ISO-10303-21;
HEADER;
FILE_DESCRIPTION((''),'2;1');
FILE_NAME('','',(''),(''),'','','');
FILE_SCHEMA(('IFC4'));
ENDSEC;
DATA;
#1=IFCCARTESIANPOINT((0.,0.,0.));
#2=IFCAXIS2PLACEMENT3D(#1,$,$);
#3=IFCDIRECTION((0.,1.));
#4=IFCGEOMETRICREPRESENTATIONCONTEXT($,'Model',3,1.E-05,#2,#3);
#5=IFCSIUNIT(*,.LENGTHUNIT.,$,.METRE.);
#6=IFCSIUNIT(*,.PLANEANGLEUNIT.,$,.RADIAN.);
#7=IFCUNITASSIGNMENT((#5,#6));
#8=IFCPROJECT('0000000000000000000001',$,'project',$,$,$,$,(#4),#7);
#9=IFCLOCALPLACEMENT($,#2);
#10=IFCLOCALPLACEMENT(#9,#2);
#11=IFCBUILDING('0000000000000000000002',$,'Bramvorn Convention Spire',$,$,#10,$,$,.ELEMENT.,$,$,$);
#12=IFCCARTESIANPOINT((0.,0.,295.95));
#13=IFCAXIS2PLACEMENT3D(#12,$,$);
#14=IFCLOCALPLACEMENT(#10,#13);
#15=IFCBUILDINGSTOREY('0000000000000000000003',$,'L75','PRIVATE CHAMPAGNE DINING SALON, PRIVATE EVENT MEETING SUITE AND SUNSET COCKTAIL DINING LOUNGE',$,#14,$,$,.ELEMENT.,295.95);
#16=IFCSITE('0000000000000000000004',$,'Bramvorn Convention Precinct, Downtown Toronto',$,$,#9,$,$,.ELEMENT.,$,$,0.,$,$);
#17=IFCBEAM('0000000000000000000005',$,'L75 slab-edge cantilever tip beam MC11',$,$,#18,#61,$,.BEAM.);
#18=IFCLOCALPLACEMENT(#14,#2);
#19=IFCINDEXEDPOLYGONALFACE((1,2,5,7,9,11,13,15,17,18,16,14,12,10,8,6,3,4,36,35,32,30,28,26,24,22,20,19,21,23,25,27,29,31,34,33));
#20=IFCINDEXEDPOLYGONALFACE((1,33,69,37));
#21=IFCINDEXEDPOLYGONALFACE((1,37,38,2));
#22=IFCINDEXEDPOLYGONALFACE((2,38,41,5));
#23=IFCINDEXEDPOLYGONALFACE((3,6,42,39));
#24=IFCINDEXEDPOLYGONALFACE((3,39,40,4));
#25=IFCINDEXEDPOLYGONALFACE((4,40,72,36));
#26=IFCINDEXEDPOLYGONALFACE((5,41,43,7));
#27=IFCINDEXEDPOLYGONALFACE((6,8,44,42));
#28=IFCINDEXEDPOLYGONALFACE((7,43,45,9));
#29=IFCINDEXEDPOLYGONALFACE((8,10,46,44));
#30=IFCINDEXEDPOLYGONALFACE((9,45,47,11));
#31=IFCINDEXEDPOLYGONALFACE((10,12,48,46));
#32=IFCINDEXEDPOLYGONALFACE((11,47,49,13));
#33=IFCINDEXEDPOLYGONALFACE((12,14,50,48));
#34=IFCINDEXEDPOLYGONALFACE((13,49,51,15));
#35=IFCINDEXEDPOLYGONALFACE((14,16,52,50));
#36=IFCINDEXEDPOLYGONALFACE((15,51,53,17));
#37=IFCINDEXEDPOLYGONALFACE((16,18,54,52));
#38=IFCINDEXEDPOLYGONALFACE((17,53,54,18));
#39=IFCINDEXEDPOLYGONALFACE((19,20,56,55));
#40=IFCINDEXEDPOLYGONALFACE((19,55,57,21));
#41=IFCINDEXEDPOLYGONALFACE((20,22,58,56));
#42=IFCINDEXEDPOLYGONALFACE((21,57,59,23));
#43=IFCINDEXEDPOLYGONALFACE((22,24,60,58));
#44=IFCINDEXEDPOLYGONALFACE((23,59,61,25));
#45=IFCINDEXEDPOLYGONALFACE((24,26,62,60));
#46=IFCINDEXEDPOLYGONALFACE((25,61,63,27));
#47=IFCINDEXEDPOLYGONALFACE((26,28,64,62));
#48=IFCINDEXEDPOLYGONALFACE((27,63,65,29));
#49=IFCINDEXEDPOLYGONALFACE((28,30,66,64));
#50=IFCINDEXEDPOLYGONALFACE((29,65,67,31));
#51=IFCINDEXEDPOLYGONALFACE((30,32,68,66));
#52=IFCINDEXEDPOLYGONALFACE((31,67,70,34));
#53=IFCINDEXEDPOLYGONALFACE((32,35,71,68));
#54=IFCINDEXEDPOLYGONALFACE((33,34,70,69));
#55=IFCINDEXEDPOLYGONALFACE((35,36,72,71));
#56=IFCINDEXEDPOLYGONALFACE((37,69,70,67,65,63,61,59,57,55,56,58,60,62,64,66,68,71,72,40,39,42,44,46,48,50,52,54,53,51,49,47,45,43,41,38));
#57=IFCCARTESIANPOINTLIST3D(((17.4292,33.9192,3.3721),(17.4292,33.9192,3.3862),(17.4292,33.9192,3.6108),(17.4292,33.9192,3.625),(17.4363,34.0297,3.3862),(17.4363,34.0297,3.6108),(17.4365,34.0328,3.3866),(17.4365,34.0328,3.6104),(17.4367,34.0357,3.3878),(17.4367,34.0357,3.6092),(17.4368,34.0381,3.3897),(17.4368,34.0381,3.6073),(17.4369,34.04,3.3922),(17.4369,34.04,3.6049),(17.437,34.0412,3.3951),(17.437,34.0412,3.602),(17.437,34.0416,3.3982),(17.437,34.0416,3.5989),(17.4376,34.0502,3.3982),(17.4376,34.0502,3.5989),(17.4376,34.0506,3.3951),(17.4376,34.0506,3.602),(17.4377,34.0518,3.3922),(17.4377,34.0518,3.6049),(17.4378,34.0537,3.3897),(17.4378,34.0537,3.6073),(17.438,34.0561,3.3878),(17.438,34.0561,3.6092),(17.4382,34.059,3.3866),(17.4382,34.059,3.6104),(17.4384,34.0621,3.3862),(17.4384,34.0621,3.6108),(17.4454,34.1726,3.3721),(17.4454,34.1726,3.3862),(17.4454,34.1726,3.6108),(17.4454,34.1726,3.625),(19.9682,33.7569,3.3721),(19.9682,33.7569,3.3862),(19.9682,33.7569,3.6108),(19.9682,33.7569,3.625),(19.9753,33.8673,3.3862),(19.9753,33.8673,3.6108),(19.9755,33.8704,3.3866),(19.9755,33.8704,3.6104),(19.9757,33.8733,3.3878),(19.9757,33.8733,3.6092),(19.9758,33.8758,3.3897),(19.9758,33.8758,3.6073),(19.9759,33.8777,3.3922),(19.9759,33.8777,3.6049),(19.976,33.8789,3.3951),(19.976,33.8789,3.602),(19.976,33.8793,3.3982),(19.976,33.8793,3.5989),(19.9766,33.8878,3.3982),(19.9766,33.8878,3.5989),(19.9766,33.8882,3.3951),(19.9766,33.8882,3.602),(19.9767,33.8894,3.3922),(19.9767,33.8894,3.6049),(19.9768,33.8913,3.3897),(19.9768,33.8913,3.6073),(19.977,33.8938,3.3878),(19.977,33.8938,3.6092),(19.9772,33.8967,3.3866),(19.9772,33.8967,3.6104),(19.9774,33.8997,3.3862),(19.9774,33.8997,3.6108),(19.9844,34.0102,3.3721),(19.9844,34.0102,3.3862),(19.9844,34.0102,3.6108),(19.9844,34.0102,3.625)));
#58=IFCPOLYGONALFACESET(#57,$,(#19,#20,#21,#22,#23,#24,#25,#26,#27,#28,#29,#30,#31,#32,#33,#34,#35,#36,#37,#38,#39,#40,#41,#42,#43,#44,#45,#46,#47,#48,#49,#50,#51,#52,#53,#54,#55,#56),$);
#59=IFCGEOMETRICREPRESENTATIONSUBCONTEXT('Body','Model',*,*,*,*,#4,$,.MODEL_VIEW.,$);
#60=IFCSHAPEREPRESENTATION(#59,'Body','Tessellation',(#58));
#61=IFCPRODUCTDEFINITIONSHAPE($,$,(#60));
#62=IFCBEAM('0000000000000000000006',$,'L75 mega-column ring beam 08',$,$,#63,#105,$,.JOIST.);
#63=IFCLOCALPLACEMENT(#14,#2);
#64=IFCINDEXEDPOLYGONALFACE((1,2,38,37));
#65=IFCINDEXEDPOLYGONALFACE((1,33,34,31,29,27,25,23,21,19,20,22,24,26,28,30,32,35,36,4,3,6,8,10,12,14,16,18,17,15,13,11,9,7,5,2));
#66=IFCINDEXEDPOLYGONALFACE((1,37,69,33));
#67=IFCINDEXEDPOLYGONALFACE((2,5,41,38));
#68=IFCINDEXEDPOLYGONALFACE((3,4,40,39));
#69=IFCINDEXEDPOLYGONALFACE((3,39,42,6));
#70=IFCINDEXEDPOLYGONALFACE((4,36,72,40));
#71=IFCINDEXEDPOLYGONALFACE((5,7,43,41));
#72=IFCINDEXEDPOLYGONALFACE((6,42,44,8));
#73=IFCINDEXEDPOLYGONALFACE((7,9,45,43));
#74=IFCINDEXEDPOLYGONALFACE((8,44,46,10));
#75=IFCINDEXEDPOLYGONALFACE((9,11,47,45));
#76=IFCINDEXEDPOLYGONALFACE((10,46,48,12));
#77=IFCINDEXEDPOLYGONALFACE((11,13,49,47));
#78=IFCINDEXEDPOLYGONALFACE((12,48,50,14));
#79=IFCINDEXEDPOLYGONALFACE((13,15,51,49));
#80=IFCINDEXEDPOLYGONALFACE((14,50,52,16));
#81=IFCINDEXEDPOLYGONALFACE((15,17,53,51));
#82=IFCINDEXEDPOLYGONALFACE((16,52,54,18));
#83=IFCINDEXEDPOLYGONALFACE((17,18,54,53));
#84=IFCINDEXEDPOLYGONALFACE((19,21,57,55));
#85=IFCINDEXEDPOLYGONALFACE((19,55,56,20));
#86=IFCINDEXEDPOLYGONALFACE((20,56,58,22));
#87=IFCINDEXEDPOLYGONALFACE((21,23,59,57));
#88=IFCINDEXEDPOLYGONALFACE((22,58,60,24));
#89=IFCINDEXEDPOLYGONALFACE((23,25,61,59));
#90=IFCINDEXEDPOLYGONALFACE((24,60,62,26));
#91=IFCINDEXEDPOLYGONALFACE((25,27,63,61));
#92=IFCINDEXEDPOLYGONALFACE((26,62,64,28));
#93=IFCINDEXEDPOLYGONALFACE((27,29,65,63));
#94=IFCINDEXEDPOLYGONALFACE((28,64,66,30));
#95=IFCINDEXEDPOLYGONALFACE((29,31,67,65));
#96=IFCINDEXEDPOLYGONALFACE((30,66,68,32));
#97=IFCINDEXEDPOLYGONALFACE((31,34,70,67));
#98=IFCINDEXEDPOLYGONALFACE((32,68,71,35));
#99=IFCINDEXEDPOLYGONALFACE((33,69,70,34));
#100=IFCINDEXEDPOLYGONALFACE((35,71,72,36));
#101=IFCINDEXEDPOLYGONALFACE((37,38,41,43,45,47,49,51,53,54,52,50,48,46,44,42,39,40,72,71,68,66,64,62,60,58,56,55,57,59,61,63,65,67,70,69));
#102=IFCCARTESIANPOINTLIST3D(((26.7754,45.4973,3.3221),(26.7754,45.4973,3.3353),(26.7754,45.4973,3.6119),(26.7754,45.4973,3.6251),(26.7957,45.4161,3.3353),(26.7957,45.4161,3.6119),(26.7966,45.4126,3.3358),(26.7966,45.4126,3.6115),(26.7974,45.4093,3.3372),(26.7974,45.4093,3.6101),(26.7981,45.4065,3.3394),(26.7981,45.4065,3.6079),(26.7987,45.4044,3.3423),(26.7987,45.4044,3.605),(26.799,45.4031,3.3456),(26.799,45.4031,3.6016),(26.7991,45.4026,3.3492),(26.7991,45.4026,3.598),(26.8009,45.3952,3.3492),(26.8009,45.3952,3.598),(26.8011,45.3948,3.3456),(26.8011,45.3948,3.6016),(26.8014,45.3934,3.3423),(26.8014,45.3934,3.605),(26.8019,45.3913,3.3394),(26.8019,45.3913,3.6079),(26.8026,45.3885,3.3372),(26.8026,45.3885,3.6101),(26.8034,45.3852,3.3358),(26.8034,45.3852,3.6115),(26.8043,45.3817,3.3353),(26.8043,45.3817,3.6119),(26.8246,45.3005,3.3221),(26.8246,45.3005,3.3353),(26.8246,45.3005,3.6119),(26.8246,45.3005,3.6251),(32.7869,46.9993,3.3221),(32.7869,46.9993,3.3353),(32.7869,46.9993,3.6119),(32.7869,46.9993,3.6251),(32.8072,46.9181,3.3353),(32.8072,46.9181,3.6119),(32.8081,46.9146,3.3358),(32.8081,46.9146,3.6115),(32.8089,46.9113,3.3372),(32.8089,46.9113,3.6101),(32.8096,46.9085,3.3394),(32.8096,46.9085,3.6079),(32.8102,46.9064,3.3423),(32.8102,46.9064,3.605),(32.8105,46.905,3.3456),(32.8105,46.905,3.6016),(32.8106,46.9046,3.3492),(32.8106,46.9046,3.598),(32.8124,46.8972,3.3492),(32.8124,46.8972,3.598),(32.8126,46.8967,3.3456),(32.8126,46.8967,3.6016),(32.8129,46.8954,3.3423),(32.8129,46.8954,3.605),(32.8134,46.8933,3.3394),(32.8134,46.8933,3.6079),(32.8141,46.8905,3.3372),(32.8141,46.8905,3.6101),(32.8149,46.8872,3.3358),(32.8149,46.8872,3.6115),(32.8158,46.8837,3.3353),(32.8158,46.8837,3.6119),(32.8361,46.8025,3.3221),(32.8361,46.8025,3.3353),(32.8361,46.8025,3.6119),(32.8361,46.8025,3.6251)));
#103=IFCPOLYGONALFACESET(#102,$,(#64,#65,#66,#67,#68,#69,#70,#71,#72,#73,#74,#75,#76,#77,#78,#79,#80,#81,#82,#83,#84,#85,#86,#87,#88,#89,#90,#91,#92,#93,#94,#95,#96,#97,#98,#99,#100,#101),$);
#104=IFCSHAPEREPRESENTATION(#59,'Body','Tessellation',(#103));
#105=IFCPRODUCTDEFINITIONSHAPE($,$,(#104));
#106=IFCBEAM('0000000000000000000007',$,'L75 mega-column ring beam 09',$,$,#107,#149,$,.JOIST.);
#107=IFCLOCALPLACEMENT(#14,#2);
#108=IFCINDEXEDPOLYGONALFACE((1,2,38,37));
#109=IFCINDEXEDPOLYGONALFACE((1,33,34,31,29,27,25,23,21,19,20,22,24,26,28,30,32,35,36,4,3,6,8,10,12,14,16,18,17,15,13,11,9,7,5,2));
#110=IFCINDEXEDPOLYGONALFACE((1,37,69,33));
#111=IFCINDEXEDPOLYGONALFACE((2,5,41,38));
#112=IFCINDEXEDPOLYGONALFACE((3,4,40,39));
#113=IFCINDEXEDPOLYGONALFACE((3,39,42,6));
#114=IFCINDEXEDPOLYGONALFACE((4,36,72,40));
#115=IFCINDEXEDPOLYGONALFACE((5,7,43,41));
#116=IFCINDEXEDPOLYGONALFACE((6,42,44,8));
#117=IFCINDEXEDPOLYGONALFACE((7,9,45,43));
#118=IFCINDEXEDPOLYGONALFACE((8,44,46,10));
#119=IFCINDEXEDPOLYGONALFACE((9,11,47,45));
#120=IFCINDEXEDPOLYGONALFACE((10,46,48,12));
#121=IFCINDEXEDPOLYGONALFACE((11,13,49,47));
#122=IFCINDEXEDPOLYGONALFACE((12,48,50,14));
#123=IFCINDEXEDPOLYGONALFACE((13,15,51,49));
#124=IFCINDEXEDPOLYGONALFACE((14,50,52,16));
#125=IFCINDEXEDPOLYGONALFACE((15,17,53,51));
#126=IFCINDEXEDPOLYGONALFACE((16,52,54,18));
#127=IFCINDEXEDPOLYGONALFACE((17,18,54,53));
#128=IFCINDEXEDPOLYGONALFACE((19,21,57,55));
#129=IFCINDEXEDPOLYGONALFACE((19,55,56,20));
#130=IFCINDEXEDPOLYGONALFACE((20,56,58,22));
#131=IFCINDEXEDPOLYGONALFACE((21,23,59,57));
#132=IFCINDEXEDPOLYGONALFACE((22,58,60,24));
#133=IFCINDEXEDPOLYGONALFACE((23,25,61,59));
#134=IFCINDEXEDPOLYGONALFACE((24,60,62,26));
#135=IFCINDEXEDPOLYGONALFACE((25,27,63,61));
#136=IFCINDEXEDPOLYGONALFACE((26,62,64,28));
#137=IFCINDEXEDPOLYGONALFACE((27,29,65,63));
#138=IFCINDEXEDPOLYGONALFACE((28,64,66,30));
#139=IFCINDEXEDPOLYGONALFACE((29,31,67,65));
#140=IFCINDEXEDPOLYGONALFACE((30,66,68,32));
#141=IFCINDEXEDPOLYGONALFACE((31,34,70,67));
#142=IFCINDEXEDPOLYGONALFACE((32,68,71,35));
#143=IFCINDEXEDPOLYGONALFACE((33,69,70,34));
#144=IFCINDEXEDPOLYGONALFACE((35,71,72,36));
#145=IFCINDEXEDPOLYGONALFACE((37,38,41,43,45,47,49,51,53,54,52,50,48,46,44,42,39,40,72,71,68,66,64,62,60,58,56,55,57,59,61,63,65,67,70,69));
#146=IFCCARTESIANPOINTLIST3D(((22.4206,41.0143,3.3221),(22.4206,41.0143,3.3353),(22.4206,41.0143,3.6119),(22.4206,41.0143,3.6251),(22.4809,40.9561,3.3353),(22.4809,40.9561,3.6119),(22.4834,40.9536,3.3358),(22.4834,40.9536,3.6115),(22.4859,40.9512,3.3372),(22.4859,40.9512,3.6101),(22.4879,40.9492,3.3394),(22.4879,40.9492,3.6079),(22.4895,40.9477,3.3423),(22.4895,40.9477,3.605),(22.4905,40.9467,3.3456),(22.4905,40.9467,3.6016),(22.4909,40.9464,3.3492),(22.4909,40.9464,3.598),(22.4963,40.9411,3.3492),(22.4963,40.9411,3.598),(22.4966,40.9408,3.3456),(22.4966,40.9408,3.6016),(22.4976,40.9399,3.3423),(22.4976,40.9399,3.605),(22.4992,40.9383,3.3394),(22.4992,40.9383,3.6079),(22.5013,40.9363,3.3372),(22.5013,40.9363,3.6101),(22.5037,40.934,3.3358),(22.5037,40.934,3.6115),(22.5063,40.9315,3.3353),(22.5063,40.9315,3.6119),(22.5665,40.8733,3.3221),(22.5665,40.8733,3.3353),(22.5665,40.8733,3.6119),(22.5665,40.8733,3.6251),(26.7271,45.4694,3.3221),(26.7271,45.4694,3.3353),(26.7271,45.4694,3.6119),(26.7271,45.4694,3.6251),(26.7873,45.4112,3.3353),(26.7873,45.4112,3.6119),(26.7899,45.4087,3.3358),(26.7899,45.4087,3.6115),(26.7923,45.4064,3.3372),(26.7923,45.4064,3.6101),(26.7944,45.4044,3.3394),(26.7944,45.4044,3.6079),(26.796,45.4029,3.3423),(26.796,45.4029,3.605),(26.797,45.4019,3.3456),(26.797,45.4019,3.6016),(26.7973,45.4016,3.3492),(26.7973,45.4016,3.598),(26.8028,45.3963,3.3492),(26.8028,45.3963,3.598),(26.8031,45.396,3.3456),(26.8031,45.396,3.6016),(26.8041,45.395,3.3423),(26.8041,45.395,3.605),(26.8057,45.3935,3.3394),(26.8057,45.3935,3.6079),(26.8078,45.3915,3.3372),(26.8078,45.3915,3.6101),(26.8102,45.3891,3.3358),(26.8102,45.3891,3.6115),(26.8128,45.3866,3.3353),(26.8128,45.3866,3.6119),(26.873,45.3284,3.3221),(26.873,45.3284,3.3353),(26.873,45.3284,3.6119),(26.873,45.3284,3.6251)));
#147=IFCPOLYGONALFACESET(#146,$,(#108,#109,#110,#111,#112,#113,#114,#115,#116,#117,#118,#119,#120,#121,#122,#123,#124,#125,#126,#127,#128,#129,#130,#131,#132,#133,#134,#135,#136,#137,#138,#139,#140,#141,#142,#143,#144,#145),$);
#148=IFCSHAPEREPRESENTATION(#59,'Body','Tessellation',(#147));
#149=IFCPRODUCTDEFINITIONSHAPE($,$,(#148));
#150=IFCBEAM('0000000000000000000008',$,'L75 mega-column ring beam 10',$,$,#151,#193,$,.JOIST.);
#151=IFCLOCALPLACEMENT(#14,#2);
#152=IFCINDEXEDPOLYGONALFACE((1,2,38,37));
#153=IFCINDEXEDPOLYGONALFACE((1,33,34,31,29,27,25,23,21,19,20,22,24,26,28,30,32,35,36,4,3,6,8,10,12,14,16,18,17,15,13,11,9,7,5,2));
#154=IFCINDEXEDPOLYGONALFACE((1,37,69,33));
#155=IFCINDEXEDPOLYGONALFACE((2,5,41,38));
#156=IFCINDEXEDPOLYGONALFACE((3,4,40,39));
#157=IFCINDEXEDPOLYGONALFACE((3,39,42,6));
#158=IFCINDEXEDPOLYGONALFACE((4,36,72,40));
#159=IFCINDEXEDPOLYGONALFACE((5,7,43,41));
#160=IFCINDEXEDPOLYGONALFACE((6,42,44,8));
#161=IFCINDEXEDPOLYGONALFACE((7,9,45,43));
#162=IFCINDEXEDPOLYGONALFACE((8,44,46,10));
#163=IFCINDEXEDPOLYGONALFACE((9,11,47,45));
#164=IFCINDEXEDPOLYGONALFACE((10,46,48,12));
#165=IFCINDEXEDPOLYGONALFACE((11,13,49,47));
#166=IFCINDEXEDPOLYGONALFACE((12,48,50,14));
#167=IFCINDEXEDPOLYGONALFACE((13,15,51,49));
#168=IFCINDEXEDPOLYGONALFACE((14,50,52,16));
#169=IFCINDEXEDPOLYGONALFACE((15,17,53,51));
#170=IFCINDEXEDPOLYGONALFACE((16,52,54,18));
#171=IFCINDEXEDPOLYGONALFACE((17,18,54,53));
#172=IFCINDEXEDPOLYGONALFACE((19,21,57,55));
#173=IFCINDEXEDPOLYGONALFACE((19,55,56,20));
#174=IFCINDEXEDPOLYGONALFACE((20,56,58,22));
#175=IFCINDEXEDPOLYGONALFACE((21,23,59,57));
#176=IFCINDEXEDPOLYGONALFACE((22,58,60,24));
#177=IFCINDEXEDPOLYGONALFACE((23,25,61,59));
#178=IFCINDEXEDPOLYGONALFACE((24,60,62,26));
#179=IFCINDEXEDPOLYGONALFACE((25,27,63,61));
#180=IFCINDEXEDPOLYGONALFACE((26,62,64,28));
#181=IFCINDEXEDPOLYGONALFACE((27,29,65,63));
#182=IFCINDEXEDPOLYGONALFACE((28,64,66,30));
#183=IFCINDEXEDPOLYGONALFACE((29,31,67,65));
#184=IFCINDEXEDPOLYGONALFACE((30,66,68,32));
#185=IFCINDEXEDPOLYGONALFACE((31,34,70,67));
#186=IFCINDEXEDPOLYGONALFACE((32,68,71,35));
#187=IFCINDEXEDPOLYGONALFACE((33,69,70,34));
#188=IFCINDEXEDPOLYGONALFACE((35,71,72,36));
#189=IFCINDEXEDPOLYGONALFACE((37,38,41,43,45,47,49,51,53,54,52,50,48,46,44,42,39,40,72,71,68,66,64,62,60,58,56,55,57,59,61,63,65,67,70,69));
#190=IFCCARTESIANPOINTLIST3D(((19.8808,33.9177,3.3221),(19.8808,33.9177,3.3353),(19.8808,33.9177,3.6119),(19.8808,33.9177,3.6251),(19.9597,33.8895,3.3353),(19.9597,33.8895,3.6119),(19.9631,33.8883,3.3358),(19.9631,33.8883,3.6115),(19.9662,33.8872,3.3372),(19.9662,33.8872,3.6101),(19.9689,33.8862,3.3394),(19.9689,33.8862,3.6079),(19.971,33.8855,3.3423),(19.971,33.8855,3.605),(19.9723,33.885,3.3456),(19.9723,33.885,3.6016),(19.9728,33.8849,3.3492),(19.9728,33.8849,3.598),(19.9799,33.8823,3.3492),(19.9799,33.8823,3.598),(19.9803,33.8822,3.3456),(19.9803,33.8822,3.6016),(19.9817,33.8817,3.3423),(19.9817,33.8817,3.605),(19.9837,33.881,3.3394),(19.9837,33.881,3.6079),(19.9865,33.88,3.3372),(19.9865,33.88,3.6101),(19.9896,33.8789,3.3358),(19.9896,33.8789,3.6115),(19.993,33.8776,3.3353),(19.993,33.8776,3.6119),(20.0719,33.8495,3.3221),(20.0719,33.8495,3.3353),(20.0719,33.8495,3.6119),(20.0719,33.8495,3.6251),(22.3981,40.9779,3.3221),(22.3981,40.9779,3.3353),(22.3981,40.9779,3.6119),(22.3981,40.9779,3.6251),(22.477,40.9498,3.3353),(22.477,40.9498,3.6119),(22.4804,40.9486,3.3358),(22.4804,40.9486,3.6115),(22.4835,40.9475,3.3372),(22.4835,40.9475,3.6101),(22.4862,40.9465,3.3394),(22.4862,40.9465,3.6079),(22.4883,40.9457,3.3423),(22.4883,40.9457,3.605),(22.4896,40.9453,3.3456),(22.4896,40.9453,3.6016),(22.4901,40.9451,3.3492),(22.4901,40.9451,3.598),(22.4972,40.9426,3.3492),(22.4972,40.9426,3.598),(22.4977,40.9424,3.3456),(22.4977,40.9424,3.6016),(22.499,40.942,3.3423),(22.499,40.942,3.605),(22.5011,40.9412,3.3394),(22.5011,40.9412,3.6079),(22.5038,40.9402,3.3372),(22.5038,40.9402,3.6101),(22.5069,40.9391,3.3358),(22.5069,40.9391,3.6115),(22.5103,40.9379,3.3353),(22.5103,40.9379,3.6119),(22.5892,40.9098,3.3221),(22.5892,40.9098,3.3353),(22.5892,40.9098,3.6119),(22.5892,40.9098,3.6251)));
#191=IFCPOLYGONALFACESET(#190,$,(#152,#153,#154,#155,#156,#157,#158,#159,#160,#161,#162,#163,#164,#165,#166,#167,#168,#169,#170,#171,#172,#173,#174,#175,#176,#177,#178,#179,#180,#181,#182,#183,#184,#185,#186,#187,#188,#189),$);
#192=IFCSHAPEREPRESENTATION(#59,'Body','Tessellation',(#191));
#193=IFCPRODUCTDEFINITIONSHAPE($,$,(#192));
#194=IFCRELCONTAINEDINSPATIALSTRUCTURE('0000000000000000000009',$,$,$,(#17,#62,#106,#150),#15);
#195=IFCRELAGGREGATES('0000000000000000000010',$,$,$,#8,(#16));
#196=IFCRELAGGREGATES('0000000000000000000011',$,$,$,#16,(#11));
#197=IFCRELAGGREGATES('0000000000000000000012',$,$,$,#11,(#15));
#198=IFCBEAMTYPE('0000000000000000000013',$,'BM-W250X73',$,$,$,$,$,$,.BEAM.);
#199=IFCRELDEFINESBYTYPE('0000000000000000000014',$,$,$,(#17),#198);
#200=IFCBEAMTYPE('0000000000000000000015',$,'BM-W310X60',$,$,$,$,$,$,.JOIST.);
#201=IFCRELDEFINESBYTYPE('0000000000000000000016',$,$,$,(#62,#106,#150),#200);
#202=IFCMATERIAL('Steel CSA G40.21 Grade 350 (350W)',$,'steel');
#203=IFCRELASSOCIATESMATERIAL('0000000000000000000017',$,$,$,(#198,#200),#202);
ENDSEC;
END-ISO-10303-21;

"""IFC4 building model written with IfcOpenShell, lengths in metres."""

from ifc_helpers import new_model, si_unit, direction, frame, origin, origin_2d, place, context, subcontext, project, spatial, i_section, extrude, material, material_profile, profile_set, type_object, element, save


model = new_model("IFC4")

# Units and contexts
model_context = context("Model", 3, precision=1e-05, world=origin(), true_north=direction((0.0, 1.0)))
body_context = subcontext(model_context, "Body", "Model", "MODEL_VIEW")
ifc_project = project(units=[si_unit("LENGTHUNIT", "METRE"), si_unit("PLANEANGLEUNIT", "RADIAN")], contexts=[model_context])

# Site, building, storey
site_placement = place(None, origin())
site = spatial("IfcSite", under=ifc_project, at=site_placement, Name="Bramvorn Convention Precinct, Downtown Toronto", CompositionType="ELEMENT", RefElevation=0.0)
building_placement = place(site_placement, origin())
building = spatial("IfcBuilding", under=site, at=building_placement, Name="Bramvorn Convention Spire", CompositionType="ELEMENT")
storey_placement = place(building_placement, frame((0.0, 0.0, 295.95)))
storey = spatial("IfcBuildingStorey", under=building, at=storey_placement, Name="L75", Description="PRIVATE CHAMPAGNE DINING SALON, PRIVATE EVENT MEETING SUITE AND SUNSET COCKTAIL DINING LOUNGE", CompositionType="ELEMENT", Elevation=295.95)

# Shared definitions
ifc_material_1 = material(Name="Steel CSA G40.21 Grade 350 (350W)", Category="steel")

# Beams
ifc_material_profile_1 = material_profile(ifc_material_1, i_section(OverallWidth=0.2539, OverallDepth=0.2529, WebThickness=0.0085, FlangeThickness=0.0142, FilletRadius=0.012, at=origin_2d()))
ifc_profile_set_1 = profile_set([ifc_material_profile_1], Name="Steel CSA G40.21 Grade 350 (350W) - W250X73")
beam_type_1 = type_object("IfcBeamType", Name="BM-W250X73", PredefinedType="BEAM", material=ifc_profile_set_1)
beam_1_placement = place(storey_placement, frame((19.9763, 33.8835, 3.4985), z_axis=(-0.997962, 0.063812, 0.0), x_axis=(-0.063812, -0.997962, 0.0)))
element("IfcBeam", 1, at=beam_1_placement, inside=storey, type_object=beam_type_1, Name="L75 slab-edge cantilever tip beam MC11", PredefinedType="BEAM", context=body_context, shape_type="SweptSolid", body=[
    extrude(i_section(OverallWidth=0.2539, OverallDepth=0.2529, WebThickness=0.0085, FlangeThickness=0.0142, FilletRadius=0.012, at=origin_2d()), origin(), (0.0, 0.0, 1.0), 2.5442),
])
ifc_material_profile_2 = material_profile(ifc_material_1, i_section(OverallWidth=0.2029, OverallDepth=0.303, WebThickness=0.0076, FlangeThickness=0.0132, FilletRadius=0.0139, at=origin_2d()))
ifc_profile_set_2 = profile_set([ifc_material_profile_2], Name="Steel CSA G40.21 Grade 350 (350W) - W310X60")
beam_type_2 = type_object("IfcBeamType", Name="BM-W310X60", PredefinedType="JOIST", material=ifc_profile_set_2)
for number, where, z_axis, x_axis, name in (
    (2, (32.8115, 46.9009, 3.4736), (-0.970177, -0.242397, 0.0), (0.242397, -0.970177, 0.0), "L75 mega-column ring beam 08"),
    (3, (26.8, 45.3989, 3.4736), (-0.695007, -0.719003, 0.0), (0.719003, -0.695007, 0.0), "L75 mega-column ring beam 09"),
):
    element("IfcBeam", number, at=place(storey_placement, frame(where, z_axis=z_axis, x_axis=x_axis)), inside=storey, type_object=beam_type_2, Name=name, PredefinedType="JOIST", context=body_context, shape_type="SweptSolid", body=[
        extrude(i_section(OverallWidth=0.2029, OverallDepth=0.303, WebThickness=0.0076, FlangeThickness=0.0132, FilletRadius=0.0139, at=origin_2d()), origin(), (0.0, 0.0, 1.0), 6.1963),
    ])
beam_2_placement = place(storey_placement, frame((22.4937, 40.9438, 3.4736), z_axis=(-0.335839, -0.941919, 0.0), x_axis=(0.941919, -0.335839, 0.0)))
element("IfcBeam", 4, at=beam_2_placement, inside=storey, type_object=beam_type_2, Name="L75 mega-column ring beam 10", PredefinedType="JOIST", context=body_context, shape_type="SweptSolid", body=[
    extrude(i_section(OverallWidth=0.2029, OverallDepth=0.303, WebThickness=0.0076, FlangeThickness=0.0132, FilletRadius=0.0139, at=origin_2d()), origin(), (0.0, 0.0, 1.0), 7.4956),
])

save(model, "model.ifc")
